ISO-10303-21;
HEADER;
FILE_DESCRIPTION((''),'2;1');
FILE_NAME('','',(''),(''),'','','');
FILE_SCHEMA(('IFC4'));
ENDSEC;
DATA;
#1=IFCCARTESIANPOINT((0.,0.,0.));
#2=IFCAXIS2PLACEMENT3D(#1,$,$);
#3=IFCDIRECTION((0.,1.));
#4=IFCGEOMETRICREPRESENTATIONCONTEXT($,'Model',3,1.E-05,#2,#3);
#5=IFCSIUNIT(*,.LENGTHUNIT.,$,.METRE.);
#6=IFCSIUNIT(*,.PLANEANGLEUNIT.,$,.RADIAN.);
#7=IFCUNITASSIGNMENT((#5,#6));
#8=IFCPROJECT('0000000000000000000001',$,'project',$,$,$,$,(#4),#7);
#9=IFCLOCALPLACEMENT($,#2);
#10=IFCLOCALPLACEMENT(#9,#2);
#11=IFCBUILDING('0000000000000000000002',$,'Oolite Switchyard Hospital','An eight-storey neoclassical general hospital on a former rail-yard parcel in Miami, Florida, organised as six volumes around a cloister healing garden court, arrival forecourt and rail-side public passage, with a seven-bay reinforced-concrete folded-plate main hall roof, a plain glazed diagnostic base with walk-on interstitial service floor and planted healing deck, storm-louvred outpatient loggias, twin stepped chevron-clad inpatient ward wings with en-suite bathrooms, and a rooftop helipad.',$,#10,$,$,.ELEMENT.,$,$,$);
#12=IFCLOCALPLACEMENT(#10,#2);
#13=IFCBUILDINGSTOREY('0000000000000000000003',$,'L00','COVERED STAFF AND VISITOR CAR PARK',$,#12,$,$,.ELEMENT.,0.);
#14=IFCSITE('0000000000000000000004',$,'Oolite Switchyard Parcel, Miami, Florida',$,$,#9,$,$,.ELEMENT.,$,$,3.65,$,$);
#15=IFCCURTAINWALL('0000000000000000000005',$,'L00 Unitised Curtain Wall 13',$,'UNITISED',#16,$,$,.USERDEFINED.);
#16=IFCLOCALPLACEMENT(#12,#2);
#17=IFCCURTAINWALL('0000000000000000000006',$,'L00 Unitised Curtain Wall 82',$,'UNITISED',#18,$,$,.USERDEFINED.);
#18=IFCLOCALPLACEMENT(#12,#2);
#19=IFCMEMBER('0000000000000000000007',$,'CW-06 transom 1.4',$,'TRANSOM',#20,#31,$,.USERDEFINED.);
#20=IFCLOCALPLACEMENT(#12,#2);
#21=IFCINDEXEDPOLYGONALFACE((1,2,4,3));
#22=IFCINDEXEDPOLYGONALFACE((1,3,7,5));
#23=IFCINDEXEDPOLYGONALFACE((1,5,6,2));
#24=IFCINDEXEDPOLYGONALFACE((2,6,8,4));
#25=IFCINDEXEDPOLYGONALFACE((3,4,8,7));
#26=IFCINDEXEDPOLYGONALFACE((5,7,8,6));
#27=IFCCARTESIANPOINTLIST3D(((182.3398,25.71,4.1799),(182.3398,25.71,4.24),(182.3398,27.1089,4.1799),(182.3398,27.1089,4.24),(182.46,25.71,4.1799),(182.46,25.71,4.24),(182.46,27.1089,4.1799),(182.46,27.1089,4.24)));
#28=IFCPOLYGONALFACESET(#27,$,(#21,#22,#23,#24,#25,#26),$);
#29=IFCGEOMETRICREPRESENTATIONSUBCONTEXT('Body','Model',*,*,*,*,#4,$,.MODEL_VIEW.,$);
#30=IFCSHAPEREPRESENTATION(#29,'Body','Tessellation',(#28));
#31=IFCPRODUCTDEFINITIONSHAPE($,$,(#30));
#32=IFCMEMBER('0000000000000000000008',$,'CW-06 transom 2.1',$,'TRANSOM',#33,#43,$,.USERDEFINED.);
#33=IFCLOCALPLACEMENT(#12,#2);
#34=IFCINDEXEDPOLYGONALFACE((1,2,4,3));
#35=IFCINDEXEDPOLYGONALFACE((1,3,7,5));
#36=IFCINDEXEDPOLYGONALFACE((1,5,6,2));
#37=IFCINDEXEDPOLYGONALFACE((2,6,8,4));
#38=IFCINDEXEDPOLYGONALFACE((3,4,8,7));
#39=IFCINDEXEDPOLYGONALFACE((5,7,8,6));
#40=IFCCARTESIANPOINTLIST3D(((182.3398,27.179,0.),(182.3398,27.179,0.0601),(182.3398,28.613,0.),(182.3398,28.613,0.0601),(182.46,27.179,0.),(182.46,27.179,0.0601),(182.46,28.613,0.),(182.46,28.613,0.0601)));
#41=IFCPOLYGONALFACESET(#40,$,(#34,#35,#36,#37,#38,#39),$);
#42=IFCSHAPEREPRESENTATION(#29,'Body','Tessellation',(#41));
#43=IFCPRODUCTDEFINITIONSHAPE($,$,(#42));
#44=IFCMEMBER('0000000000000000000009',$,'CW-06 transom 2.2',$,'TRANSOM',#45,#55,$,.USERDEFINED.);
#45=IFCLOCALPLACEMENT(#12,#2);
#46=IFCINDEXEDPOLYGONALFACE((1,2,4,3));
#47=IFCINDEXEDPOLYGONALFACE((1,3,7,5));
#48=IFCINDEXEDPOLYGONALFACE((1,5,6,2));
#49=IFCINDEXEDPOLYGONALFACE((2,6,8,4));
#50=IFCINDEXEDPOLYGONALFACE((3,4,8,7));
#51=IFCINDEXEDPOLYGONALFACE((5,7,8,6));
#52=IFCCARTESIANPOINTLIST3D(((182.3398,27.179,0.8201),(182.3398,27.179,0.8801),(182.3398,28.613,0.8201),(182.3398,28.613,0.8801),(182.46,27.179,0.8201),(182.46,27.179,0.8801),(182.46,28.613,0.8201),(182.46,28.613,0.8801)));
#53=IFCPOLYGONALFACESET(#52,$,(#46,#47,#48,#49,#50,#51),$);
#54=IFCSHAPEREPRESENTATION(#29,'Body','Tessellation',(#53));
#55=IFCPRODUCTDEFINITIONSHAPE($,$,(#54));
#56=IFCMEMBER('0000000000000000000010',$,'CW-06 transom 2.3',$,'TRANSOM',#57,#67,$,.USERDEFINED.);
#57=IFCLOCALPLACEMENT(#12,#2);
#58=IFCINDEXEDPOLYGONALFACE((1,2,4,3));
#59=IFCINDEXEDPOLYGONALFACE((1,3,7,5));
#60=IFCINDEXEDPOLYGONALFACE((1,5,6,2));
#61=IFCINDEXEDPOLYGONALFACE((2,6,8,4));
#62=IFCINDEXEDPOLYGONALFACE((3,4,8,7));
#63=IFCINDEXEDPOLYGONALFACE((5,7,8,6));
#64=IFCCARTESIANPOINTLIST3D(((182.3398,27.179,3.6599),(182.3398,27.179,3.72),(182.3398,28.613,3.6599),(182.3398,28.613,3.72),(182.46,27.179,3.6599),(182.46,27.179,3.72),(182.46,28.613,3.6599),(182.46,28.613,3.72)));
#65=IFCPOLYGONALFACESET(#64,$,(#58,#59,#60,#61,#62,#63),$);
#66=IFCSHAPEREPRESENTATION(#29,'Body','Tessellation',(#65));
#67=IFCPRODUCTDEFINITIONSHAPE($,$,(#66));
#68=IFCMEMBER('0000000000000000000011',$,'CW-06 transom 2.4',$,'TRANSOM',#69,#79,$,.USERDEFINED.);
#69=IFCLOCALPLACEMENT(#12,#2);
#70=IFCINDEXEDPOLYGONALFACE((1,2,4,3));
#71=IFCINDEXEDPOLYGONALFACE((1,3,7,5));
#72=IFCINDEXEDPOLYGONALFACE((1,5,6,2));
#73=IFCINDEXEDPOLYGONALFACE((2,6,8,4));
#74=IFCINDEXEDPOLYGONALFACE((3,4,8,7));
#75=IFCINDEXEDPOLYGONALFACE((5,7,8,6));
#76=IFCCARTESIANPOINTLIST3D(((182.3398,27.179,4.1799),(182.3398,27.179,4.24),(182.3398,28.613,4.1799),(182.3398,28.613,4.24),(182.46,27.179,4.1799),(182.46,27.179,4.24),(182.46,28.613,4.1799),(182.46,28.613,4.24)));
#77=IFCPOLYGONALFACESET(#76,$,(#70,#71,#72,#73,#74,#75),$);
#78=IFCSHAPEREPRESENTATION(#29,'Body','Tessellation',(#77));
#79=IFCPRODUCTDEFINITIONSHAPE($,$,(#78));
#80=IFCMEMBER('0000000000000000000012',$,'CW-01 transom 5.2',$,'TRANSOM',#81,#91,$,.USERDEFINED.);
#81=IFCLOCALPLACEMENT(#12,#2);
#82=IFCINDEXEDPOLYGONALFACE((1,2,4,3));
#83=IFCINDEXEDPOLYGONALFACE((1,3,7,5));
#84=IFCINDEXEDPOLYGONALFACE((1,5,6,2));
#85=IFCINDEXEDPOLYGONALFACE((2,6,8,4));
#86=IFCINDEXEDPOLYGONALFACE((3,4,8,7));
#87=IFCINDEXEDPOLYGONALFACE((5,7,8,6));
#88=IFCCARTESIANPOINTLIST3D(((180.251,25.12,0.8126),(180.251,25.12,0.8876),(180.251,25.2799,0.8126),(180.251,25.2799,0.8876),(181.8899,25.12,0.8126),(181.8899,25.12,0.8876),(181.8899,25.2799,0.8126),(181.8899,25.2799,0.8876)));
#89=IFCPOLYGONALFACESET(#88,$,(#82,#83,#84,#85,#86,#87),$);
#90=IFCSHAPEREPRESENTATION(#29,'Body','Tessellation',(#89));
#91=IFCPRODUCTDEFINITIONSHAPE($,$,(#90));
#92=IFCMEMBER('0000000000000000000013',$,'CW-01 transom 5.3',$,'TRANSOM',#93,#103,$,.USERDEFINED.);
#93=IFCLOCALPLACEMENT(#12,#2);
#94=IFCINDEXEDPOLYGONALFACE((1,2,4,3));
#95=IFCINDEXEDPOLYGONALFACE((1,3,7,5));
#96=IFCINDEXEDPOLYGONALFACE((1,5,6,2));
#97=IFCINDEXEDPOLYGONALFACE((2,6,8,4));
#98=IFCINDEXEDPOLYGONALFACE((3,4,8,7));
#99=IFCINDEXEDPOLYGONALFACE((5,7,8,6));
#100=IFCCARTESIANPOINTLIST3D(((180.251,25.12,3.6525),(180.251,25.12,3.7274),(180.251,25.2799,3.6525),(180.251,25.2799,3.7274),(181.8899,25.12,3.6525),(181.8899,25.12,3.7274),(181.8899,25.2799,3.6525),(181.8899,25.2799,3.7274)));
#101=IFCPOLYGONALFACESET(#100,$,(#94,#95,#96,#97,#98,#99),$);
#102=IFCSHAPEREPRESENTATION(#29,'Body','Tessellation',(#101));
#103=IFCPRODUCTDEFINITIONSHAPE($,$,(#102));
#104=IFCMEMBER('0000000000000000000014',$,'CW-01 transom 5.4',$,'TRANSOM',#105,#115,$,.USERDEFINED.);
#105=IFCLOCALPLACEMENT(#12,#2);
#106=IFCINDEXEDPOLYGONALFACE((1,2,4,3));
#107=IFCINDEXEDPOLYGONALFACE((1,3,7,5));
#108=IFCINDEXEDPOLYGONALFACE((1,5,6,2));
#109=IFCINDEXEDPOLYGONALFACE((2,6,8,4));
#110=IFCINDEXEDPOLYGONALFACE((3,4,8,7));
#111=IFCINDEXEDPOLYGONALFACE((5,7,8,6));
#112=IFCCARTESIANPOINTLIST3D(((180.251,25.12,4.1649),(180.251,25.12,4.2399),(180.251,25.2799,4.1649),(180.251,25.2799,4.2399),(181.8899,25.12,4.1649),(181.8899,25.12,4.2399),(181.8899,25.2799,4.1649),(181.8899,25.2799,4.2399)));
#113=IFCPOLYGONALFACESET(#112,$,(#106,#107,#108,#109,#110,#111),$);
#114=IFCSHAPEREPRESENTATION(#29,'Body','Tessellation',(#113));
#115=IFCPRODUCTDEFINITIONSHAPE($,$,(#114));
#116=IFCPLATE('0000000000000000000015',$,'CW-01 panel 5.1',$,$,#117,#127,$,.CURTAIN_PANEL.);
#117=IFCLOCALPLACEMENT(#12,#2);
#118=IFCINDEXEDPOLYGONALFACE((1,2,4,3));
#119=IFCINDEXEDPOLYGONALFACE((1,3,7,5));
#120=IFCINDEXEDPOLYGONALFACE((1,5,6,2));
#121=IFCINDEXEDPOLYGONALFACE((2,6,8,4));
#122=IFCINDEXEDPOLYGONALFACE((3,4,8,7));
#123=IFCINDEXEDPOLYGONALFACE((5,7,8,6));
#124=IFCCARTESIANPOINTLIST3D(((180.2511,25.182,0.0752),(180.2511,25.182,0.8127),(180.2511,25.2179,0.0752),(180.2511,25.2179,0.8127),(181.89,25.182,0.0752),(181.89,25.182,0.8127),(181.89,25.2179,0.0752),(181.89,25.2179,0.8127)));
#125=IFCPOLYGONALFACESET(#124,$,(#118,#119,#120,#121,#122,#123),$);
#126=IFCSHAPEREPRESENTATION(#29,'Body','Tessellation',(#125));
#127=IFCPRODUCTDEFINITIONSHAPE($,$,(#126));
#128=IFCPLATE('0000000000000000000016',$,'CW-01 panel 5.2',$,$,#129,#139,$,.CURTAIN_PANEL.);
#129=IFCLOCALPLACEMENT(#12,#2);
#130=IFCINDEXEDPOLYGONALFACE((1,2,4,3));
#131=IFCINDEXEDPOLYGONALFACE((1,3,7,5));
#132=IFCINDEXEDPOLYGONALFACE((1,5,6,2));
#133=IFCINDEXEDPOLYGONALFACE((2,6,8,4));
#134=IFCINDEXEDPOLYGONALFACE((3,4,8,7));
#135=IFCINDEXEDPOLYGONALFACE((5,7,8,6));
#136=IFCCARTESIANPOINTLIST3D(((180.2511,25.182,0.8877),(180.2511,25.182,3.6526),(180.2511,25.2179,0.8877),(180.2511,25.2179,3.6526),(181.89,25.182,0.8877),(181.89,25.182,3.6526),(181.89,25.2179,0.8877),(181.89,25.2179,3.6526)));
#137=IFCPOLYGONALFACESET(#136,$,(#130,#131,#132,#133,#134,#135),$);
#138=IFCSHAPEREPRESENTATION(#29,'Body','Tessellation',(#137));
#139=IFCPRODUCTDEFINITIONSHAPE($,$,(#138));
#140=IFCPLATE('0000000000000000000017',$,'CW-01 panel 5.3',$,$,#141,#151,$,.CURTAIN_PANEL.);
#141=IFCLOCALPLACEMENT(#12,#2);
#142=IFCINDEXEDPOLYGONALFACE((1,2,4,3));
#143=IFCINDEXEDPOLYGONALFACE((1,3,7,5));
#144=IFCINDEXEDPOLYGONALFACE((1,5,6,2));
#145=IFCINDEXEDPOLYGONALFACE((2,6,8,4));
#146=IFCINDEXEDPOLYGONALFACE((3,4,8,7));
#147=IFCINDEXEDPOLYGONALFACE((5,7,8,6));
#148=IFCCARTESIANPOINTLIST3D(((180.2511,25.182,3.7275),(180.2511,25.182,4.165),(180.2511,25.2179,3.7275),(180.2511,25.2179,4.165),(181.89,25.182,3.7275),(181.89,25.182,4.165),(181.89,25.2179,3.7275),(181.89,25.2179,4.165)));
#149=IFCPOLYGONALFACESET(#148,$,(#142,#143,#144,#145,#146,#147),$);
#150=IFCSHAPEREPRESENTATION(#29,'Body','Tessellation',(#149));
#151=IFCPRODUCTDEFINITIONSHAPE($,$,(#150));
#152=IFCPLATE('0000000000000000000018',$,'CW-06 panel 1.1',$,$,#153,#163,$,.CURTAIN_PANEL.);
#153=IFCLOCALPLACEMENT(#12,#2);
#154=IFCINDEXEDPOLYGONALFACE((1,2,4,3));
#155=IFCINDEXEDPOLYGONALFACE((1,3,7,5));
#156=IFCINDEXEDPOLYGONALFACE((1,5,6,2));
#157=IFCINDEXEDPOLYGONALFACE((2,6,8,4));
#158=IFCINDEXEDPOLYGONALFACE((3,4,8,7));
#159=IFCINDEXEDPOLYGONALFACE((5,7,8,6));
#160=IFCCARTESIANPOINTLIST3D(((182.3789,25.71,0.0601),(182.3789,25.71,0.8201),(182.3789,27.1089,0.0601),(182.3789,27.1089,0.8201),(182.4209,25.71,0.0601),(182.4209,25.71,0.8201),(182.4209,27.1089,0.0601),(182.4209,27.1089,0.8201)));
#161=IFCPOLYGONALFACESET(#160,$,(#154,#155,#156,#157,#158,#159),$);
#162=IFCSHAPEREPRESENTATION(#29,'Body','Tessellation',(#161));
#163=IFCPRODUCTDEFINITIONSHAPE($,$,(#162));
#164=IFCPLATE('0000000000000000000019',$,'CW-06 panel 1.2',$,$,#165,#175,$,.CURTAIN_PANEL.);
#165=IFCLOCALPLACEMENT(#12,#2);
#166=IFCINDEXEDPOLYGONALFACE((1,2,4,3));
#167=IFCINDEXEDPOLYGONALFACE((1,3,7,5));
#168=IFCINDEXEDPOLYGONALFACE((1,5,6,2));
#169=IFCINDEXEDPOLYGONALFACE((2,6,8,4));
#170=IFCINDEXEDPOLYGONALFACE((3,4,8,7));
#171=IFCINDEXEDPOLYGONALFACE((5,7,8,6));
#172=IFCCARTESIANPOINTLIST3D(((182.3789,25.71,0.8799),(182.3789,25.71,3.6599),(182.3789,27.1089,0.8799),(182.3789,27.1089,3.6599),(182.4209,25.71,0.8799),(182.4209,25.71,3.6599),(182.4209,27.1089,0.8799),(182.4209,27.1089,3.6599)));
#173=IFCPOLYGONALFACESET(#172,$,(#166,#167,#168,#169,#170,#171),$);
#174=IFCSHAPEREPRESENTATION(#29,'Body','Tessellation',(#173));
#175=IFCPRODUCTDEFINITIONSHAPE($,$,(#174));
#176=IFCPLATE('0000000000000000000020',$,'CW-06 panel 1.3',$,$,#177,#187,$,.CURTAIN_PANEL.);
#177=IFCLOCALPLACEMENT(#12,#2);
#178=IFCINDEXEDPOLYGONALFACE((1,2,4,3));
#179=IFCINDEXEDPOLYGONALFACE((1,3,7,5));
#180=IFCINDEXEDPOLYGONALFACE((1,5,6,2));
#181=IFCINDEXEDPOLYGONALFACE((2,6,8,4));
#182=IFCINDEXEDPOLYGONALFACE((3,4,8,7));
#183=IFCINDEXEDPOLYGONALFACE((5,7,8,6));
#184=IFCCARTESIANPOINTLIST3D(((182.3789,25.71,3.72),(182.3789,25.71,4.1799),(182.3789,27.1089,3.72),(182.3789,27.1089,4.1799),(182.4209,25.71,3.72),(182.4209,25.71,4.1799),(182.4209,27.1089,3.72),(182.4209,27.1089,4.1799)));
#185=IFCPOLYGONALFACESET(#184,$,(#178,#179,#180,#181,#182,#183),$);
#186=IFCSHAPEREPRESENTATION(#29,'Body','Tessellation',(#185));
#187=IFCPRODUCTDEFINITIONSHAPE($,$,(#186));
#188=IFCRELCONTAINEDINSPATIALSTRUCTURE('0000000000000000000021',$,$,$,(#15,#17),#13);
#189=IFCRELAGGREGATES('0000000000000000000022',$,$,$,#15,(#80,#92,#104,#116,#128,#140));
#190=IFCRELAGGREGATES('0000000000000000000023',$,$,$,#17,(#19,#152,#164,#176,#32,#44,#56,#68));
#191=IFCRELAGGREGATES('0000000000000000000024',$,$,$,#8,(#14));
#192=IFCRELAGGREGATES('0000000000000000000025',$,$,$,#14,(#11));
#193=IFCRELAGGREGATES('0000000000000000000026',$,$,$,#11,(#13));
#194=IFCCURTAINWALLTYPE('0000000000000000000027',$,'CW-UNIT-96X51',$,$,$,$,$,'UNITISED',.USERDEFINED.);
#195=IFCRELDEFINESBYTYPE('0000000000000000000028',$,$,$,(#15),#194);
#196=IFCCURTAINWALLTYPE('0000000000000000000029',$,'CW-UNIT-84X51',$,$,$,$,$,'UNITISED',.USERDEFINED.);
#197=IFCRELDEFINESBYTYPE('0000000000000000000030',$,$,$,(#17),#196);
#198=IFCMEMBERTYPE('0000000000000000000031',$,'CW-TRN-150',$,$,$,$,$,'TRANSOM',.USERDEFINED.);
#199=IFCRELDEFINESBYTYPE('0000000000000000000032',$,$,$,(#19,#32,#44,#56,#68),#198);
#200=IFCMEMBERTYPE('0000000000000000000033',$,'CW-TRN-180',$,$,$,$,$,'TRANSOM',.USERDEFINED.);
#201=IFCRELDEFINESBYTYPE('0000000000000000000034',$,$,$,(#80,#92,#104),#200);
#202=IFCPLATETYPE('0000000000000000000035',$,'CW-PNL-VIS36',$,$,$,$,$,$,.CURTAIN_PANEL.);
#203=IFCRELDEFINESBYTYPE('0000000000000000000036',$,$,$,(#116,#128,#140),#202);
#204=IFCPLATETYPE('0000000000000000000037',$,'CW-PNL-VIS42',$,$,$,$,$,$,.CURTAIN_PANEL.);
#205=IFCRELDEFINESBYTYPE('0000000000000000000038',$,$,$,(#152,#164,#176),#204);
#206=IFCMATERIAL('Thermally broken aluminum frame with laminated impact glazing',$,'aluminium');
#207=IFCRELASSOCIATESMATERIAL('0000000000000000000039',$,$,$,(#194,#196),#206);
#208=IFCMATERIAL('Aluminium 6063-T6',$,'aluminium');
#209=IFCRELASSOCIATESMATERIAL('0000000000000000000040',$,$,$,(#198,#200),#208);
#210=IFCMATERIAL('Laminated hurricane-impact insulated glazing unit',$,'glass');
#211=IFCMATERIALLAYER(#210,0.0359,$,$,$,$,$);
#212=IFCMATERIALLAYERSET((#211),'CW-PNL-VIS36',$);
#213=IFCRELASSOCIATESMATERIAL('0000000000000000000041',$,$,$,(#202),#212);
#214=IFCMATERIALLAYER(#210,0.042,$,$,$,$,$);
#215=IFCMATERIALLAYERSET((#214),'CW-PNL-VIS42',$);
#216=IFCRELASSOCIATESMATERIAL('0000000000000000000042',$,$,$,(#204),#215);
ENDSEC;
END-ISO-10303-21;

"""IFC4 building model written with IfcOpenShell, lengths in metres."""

from ifc_helpers import new_model, si_unit, direction, frame, origin, origin_2d, place, context, subcontext, project, spatial, rectangle, extrude, material, layer, layer_set, material_profile, profile_set, type_object, element, aggregate, save


model = new_model("IFC4")

# Units and contexts
model_context = context("Model", 3, precision=1e-05, world=origin(), true_north=direction((0.0, 1.0)))
body_context = subcontext(model_context, "Body", "Model", "MODEL_VIEW")
ifc_project = project(units=[si_unit("LENGTHUNIT", "METRE"), si_unit("PLANEANGLEUNIT", "RADIAN")], contexts=[model_context])

# Site, building, storey
site_placement = place(None, origin())
site = spatial("IfcSite", under=ifc_project, at=site_placement, Name="Oolite Switchyard Parcel, Miami, Florida", CompositionType="ELEMENT", RefElevation=3.65)
building_placement = place(site_placement, origin())
building = spatial("IfcBuilding", under=site, at=building_placement, Name="Oolite Switchyard Hospital", Description="An eight-storey neoclassical general hospital on a former rail-yard parcel in Miami, Florida, organised as six volumes around a cloister healing garden court, arrival forecourt and rail-side public passage, with a seven-bay reinforced-concrete folded-plate main hall roof, a plain glazed diagnostic base with walk-on interstitial service floor and planted healing deck, storm-louvred outpatient loggias, twin stepped chevron-clad inpatient ward wings with en-suite bathrooms, and a rooftop helipad.", CompositionType="ELEMENT")
storey_placement = place(building_placement, origin())
storey = spatial("IfcBuildingStorey", under=building, at=storey_placement, Name="L00", Description="COVERED STAFF AND VISITOR CAR PARK", CompositionType="ELEMENT", Elevation=0.0)

# Curtain wall
ifc_material_1 = material(Name="Thermally broken aluminum frame with laminated impact glazing", Category="aluminium")
curtain_wall_type_1 = type_object("IfcCurtainWallType", Name="CW-UNIT-96X51", ElementType="UNITISED", PredefinedType="USERDEFINED", material=ifc_material_1)
curtain_wall_1_placement = place(storey_placement, origin())
curtain_wall_1 = element("IfcCurtainWall", 1, at=curtain_wall_1_placement, inside=storey, type_object=curtain_wall_type_1, Name="L00 Unitised Curtain Wall 13", ObjectType="UNITISED", PredefinedType="USERDEFINED")
ifc_material_2 = material(Name="Aluminium 6063-T6", Category="aluminium")

# Curtain wall, members
curtain_wall_type_2 = type_object("IfcCurtainWallType", Name="CW-UNIT-84X51", ElementType="UNITISED", PredefinedType="USERDEFINED", material=ifc_material_1)
curtain_wall_2_placement = place(storey_placement, origin())
curtain_wall_2 = element("IfcCurtainWall", 2, at=curtain_wall_2_placement, inside=storey, type_object=curtain_wall_type_2, Name="L00 Unitised Curtain Wall 82", ObjectType="UNITISED", PredefinedType="USERDEFINED")
ifc_material_profile_1 = material_profile(ifc_material_2, rectangle(XDim=0.1201, YDim=0.0601, at=origin_2d()), Name="CWT60X120")
ifc_profile_set_1 = profile_set([ifc_material_profile_1], Name="Aluminium 6063-T6")
member_type_1 = type_object("IfcMemberType", Name="CW-TRN-150", ElementType="TRANSOM", PredefinedType="USERDEFINED", material=ifc_profile_set_1)
member_1_placement = place(storey_placement, frame((182.3999, 25.71, 4.21), z_axis=(0.0, 1.0, 0.0), x_axis=(-1.0, 0.0, 0.0)))
member_1 = element("IfcMember", 3, at=member_1_placement, type_object=member_type_1, Name="CW-06 transom 1.4", ObjectType="TRANSOM", PredefinedType="USERDEFINED", context=body_context, shape_type="SweptSolid", body=[
    extrude(rectangle(XDim=0.1201, YDim=0.0601, at=origin_2d()), origin(), (0.0, 0.0, 1.0), 1.3989),
])
member_2_placement = place(storey_placement, frame((182.3999, 27.179, 0.03), z_axis=(0.0, 1.0, 0.0), x_axis=(-1.0, 0.0, 0.0)))
member_2 = element("IfcMember", 4, at=member_2_placement, type_object=member_type_1, Name="CW-06 transom 2.1", ObjectType="TRANSOM", PredefinedType="USERDEFINED", context=body_context, shape_type="SweptSolid", body=[
    extrude(rectangle(XDim=0.1201, YDim=0.0601, at=origin_2d()), origin(), (0.0, 0.0, 1.0), 1.4341),
])
member_3_placement = place(storey_placement, frame((182.3999, 27.179, 0.8501), z_axis=(0.0, 1.0, 0.0), x_axis=(-1.0, 0.0, 0.0)))
member_3 = element("IfcMember", 5, at=member_3_placement, type_object=member_type_1, Name="CW-06 transom 2.2", ObjectType="TRANSOM", PredefinedType="USERDEFINED", context=body_context, shape_type="SweptSolid", body=[
    extrude(rectangle(XDim=0.1201, YDim=0.0601, at=origin_2d()), origin(), (0.0, 0.0, 1.0), 1.4341),
])
member_4_placement = place(storey_placement, frame((182.3999, 27.179, 3.6899), z_axis=(0.0, 1.0, 0.0), x_axis=(-1.0, 0.0, 0.0)))
member_4 = element("IfcMember", 6, at=member_4_placement, type_object=member_type_1, Name="CW-06 transom 2.3", ObjectType="TRANSOM", PredefinedType="USERDEFINED", context=body_context, shape_type="SweptSolid", body=[
    extrude(rectangle(XDim=0.1201, YDim=0.0601, at=origin_2d()), origin(), (0.0, 0.0, 1.0), 1.4341),
])
member_5_placement = place(storey_placement, frame((182.3999, 27.179, 4.21), z_axis=(0.0, 1.0, 0.0), x_axis=(-1.0, 0.0, 0.0)))
member_5 = element("IfcMember", 7, at=member_5_placement, type_object=member_type_1, Name="CW-06 transom 2.4", ObjectType="TRANSOM", PredefinedType="USERDEFINED", context=body_context, shape_type="SweptSolid", body=[
    extrude(rectangle(XDim=0.1201, YDim=0.0601, at=origin_2d()), origin(), (0.0, 0.0, 1.0), 1.4341),
])

# Members
ifc_material_profile_2 = material_profile(ifc_material_2, rectangle(XDim=0.1599, YDim=0.075, at=origin_2d()), Name="CWT75X160")
ifc_profile_set_2 = profile_set([ifc_material_profile_2], Name="Aluminium 6063-T6")
member_type_2 = type_object("IfcMemberType", Name="CW-TRN-180", ElementType="TRANSOM", PredefinedType="USERDEFINED", material=ifc_profile_set_2)
member_6_placement = place(storey_placement, frame((180.251, 25.2, 0.8501), z_axis=(1.0, 0.0, 0.0), x_axis=(0.0, 1.0, 0.0)))
member_6 = element("IfcMember", 8, at=member_6_placement, type_object=member_type_2, Name="CW-01 transom 5.2", ObjectType="TRANSOM", PredefinedType="USERDEFINED", context=body_context, shape_type="SweptSolid", body=[
    extrude(rectangle(XDim=0.1599, YDim=0.075, at=origin_2d()), origin(), (0.0, 0.0, 1.0), 1.6389),
])
member_7_placement = place(storey_placement, frame((180.251, 25.2, 3.6899), z_axis=(1.0, 0.0, 0.0), x_axis=(0.0, 1.0, 0.0)))
member_7 = element("IfcMember", 9, at=member_7_placement, type_object=member_type_2, Name="CW-01 transom 5.3", ObjectType="TRANSOM", PredefinedType="USERDEFINED", context=body_context, shape_type="SweptSolid", body=[
    extrude(rectangle(XDim=0.1599, YDim=0.075, at=origin_2d()), origin(), (0.0, 0.0, 1.0), 1.6389),
])
member_8_placement = place(storey_placement, frame((180.251, 25.2, 4.2024), z_axis=(1.0, 0.0, 0.0), x_axis=(0.0, 1.0, 0.0)))
member_8 = element("IfcMember", 10, at=member_8_placement, type_object=member_type_2, Name="CW-01 transom 5.4", ObjectType="TRANSOM", PredefinedType="USERDEFINED", context=body_context, shape_type="SweptSolid", body=[
    extrude(rectangle(XDim=0.1599, YDim=0.075, at=origin_2d()), origin(), (0.0, 0.0, 1.0), 1.6389),
])

# Plates
ifc_material_3 = material(Name="Laminated hurricane-impact insulated glazing unit", Category="glass")
ifc_layer_1 = layer(ifc_material_3, 0.0359)
ifc_layer_set_1 = layer_set([ifc_layer_1], Name="CW-PNL-VIS36")
plate_type_1 = type_object("IfcPlateType", Name="CW-PNL-VIS36", PredefinedType="CURTAIN_PANEL", material=ifc_layer_set_1)
plate_1_placement = place(storey_placement, frame((181.0706, 25.2, 0.0752), z_axis=(0.0, 0.0, 1.0), x_axis=(1.0, 0.0, 0.0)))
plate_1 = element("IfcPlate", 11, at=plate_1_placement, type_object=plate_type_1, Name="CW-01 panel 5.1", PredefinedType="CURTAIN_PANEL", context=body_context, shape_type="SweptSolid", body=[
    extrude(rectangle(XDim=1.6389, YDim=0.0359, at=origin_2d()), origin(), (0.0, 0.0, 1.0), 0.7375),
])
plate_2_placement = place(storey_placement, frame((181.0706, 25.2, 0.8877), z_axis=(0.0, 0.0, 1.0), x_axis=(1.0, 0.0, 0.0)))
plate_2 = element("IfcPlate", 12, at=plate_2_placement, type_object=plate_type_1, Name="CW-01 panel 5.2", PredefinedType="CURTAIN_PANEL", context=body_context, shape_type="SweptSolid", body=[
    extrude(rectangle(XDim=1.6389, YDim=0.0359, at=origin_2d()), origin(), (0.0, 0.0, 1.0), 2.7649),
])
plate_3_placement = place(storey_placement, frame((181.0706, 25.2, 3.7275), z_axis=(0.0, 0.0, 1.0), x_axis=(1.0, 0.0, 0.0)))
plate_3 = element("IfcPlate", 13, at=plate_3_placement, type_object=plate_type_1, Name="CW-01 panel 5.3", PredefinedType="CURTAIN_PANEL", context=body_context, shape_type="SweptSolid", body=[
    extrude(rectangle(XDim=1.6389, YDim=0.0359, at=origin_2d()), origin(), (0.0, 0.0, 1.0), 0.4375),
])
aggregate(curtain_wall_1, [member_6, member_7, member_8, plate_1, plate_2, plate_3])
ifc_layer_2 = layer(ifc_material_3, 0.042)
ifc_layer_set_2 = layer_set([ifc_layer_2], Name="CW-PNL-VIS42")
plate_type_2 = type_object("IfcPlateType", Name="CW-PNL-VIS42", PredefinedType="CURTAIN_PANEL", material=ifc_layer_set_2)
plate_4_placement = place(storey_placement, frame((182.3999, 26.4094, 0.0601), z_axis=(0.0, 0.0, 1.0), x_axis=(0.0, 1.0, 0.0)))
plate_4 = element("IfcPlate", 14, at=plate_4_placement, type_object=plate_type_2, Name="CW-06 panel 1.1", PredefinedType="CURTAIN_PANEL", context=body_context, shape_type="SweptSolid", body=[
    extrude(rectangle(XDim=1.3989, YDim=0.042, at=origin_2d()), origin(), (0.0, 0.0, 1.0), 0.76),
])
plate_5_placement = place(storey_placement, frame((182.3999, 26.4094, 0.8799), z_axis=(0.0, 0.0, 1.0), x_axis=(0.0, 1.0, 0.0)))
plate_5 = element("IfcPlate", 15, at=plate_5_placement, type_object=plate_type_2, Name="CW-06 panel 1.2", PredefinedType="CURTAIN_PANEL", context=body_context, shape_type="SweptSolid", body=[
    extrude(rectangle(XDim=1.3989, YDim=0.042, at=origin_2d()), origin(), (0.0, 0.0, 1.0), 2.78),
])
plate_6_placement = place(storey_placement, frame((182.3999, 26.4094, 3.72), z_axis=(0.0, 0.0, 1.0), x_axis=(0.0, 1.0, 0.0)))
plate_6 = element("IfcPlate", 16, at=plate_6_placement, type_object=plate_type_2, Name="CW-06 panel 1.3", PredefinedType="CURTAIN_PANEL", context=body_context, shape_type="SweptSolid", body=[
    extrude(rectangle(XDim=1.3989, YDim=0.042, at=origin_2d()), origin(), (0.0, 0.0, 1.0), 0.46),
])
aggregate(curtain_wall_2, [member_1, plate_4, plate_5, plate_6, member_2, member_3, member_4, member_5])

save(model, "model.ifc")
